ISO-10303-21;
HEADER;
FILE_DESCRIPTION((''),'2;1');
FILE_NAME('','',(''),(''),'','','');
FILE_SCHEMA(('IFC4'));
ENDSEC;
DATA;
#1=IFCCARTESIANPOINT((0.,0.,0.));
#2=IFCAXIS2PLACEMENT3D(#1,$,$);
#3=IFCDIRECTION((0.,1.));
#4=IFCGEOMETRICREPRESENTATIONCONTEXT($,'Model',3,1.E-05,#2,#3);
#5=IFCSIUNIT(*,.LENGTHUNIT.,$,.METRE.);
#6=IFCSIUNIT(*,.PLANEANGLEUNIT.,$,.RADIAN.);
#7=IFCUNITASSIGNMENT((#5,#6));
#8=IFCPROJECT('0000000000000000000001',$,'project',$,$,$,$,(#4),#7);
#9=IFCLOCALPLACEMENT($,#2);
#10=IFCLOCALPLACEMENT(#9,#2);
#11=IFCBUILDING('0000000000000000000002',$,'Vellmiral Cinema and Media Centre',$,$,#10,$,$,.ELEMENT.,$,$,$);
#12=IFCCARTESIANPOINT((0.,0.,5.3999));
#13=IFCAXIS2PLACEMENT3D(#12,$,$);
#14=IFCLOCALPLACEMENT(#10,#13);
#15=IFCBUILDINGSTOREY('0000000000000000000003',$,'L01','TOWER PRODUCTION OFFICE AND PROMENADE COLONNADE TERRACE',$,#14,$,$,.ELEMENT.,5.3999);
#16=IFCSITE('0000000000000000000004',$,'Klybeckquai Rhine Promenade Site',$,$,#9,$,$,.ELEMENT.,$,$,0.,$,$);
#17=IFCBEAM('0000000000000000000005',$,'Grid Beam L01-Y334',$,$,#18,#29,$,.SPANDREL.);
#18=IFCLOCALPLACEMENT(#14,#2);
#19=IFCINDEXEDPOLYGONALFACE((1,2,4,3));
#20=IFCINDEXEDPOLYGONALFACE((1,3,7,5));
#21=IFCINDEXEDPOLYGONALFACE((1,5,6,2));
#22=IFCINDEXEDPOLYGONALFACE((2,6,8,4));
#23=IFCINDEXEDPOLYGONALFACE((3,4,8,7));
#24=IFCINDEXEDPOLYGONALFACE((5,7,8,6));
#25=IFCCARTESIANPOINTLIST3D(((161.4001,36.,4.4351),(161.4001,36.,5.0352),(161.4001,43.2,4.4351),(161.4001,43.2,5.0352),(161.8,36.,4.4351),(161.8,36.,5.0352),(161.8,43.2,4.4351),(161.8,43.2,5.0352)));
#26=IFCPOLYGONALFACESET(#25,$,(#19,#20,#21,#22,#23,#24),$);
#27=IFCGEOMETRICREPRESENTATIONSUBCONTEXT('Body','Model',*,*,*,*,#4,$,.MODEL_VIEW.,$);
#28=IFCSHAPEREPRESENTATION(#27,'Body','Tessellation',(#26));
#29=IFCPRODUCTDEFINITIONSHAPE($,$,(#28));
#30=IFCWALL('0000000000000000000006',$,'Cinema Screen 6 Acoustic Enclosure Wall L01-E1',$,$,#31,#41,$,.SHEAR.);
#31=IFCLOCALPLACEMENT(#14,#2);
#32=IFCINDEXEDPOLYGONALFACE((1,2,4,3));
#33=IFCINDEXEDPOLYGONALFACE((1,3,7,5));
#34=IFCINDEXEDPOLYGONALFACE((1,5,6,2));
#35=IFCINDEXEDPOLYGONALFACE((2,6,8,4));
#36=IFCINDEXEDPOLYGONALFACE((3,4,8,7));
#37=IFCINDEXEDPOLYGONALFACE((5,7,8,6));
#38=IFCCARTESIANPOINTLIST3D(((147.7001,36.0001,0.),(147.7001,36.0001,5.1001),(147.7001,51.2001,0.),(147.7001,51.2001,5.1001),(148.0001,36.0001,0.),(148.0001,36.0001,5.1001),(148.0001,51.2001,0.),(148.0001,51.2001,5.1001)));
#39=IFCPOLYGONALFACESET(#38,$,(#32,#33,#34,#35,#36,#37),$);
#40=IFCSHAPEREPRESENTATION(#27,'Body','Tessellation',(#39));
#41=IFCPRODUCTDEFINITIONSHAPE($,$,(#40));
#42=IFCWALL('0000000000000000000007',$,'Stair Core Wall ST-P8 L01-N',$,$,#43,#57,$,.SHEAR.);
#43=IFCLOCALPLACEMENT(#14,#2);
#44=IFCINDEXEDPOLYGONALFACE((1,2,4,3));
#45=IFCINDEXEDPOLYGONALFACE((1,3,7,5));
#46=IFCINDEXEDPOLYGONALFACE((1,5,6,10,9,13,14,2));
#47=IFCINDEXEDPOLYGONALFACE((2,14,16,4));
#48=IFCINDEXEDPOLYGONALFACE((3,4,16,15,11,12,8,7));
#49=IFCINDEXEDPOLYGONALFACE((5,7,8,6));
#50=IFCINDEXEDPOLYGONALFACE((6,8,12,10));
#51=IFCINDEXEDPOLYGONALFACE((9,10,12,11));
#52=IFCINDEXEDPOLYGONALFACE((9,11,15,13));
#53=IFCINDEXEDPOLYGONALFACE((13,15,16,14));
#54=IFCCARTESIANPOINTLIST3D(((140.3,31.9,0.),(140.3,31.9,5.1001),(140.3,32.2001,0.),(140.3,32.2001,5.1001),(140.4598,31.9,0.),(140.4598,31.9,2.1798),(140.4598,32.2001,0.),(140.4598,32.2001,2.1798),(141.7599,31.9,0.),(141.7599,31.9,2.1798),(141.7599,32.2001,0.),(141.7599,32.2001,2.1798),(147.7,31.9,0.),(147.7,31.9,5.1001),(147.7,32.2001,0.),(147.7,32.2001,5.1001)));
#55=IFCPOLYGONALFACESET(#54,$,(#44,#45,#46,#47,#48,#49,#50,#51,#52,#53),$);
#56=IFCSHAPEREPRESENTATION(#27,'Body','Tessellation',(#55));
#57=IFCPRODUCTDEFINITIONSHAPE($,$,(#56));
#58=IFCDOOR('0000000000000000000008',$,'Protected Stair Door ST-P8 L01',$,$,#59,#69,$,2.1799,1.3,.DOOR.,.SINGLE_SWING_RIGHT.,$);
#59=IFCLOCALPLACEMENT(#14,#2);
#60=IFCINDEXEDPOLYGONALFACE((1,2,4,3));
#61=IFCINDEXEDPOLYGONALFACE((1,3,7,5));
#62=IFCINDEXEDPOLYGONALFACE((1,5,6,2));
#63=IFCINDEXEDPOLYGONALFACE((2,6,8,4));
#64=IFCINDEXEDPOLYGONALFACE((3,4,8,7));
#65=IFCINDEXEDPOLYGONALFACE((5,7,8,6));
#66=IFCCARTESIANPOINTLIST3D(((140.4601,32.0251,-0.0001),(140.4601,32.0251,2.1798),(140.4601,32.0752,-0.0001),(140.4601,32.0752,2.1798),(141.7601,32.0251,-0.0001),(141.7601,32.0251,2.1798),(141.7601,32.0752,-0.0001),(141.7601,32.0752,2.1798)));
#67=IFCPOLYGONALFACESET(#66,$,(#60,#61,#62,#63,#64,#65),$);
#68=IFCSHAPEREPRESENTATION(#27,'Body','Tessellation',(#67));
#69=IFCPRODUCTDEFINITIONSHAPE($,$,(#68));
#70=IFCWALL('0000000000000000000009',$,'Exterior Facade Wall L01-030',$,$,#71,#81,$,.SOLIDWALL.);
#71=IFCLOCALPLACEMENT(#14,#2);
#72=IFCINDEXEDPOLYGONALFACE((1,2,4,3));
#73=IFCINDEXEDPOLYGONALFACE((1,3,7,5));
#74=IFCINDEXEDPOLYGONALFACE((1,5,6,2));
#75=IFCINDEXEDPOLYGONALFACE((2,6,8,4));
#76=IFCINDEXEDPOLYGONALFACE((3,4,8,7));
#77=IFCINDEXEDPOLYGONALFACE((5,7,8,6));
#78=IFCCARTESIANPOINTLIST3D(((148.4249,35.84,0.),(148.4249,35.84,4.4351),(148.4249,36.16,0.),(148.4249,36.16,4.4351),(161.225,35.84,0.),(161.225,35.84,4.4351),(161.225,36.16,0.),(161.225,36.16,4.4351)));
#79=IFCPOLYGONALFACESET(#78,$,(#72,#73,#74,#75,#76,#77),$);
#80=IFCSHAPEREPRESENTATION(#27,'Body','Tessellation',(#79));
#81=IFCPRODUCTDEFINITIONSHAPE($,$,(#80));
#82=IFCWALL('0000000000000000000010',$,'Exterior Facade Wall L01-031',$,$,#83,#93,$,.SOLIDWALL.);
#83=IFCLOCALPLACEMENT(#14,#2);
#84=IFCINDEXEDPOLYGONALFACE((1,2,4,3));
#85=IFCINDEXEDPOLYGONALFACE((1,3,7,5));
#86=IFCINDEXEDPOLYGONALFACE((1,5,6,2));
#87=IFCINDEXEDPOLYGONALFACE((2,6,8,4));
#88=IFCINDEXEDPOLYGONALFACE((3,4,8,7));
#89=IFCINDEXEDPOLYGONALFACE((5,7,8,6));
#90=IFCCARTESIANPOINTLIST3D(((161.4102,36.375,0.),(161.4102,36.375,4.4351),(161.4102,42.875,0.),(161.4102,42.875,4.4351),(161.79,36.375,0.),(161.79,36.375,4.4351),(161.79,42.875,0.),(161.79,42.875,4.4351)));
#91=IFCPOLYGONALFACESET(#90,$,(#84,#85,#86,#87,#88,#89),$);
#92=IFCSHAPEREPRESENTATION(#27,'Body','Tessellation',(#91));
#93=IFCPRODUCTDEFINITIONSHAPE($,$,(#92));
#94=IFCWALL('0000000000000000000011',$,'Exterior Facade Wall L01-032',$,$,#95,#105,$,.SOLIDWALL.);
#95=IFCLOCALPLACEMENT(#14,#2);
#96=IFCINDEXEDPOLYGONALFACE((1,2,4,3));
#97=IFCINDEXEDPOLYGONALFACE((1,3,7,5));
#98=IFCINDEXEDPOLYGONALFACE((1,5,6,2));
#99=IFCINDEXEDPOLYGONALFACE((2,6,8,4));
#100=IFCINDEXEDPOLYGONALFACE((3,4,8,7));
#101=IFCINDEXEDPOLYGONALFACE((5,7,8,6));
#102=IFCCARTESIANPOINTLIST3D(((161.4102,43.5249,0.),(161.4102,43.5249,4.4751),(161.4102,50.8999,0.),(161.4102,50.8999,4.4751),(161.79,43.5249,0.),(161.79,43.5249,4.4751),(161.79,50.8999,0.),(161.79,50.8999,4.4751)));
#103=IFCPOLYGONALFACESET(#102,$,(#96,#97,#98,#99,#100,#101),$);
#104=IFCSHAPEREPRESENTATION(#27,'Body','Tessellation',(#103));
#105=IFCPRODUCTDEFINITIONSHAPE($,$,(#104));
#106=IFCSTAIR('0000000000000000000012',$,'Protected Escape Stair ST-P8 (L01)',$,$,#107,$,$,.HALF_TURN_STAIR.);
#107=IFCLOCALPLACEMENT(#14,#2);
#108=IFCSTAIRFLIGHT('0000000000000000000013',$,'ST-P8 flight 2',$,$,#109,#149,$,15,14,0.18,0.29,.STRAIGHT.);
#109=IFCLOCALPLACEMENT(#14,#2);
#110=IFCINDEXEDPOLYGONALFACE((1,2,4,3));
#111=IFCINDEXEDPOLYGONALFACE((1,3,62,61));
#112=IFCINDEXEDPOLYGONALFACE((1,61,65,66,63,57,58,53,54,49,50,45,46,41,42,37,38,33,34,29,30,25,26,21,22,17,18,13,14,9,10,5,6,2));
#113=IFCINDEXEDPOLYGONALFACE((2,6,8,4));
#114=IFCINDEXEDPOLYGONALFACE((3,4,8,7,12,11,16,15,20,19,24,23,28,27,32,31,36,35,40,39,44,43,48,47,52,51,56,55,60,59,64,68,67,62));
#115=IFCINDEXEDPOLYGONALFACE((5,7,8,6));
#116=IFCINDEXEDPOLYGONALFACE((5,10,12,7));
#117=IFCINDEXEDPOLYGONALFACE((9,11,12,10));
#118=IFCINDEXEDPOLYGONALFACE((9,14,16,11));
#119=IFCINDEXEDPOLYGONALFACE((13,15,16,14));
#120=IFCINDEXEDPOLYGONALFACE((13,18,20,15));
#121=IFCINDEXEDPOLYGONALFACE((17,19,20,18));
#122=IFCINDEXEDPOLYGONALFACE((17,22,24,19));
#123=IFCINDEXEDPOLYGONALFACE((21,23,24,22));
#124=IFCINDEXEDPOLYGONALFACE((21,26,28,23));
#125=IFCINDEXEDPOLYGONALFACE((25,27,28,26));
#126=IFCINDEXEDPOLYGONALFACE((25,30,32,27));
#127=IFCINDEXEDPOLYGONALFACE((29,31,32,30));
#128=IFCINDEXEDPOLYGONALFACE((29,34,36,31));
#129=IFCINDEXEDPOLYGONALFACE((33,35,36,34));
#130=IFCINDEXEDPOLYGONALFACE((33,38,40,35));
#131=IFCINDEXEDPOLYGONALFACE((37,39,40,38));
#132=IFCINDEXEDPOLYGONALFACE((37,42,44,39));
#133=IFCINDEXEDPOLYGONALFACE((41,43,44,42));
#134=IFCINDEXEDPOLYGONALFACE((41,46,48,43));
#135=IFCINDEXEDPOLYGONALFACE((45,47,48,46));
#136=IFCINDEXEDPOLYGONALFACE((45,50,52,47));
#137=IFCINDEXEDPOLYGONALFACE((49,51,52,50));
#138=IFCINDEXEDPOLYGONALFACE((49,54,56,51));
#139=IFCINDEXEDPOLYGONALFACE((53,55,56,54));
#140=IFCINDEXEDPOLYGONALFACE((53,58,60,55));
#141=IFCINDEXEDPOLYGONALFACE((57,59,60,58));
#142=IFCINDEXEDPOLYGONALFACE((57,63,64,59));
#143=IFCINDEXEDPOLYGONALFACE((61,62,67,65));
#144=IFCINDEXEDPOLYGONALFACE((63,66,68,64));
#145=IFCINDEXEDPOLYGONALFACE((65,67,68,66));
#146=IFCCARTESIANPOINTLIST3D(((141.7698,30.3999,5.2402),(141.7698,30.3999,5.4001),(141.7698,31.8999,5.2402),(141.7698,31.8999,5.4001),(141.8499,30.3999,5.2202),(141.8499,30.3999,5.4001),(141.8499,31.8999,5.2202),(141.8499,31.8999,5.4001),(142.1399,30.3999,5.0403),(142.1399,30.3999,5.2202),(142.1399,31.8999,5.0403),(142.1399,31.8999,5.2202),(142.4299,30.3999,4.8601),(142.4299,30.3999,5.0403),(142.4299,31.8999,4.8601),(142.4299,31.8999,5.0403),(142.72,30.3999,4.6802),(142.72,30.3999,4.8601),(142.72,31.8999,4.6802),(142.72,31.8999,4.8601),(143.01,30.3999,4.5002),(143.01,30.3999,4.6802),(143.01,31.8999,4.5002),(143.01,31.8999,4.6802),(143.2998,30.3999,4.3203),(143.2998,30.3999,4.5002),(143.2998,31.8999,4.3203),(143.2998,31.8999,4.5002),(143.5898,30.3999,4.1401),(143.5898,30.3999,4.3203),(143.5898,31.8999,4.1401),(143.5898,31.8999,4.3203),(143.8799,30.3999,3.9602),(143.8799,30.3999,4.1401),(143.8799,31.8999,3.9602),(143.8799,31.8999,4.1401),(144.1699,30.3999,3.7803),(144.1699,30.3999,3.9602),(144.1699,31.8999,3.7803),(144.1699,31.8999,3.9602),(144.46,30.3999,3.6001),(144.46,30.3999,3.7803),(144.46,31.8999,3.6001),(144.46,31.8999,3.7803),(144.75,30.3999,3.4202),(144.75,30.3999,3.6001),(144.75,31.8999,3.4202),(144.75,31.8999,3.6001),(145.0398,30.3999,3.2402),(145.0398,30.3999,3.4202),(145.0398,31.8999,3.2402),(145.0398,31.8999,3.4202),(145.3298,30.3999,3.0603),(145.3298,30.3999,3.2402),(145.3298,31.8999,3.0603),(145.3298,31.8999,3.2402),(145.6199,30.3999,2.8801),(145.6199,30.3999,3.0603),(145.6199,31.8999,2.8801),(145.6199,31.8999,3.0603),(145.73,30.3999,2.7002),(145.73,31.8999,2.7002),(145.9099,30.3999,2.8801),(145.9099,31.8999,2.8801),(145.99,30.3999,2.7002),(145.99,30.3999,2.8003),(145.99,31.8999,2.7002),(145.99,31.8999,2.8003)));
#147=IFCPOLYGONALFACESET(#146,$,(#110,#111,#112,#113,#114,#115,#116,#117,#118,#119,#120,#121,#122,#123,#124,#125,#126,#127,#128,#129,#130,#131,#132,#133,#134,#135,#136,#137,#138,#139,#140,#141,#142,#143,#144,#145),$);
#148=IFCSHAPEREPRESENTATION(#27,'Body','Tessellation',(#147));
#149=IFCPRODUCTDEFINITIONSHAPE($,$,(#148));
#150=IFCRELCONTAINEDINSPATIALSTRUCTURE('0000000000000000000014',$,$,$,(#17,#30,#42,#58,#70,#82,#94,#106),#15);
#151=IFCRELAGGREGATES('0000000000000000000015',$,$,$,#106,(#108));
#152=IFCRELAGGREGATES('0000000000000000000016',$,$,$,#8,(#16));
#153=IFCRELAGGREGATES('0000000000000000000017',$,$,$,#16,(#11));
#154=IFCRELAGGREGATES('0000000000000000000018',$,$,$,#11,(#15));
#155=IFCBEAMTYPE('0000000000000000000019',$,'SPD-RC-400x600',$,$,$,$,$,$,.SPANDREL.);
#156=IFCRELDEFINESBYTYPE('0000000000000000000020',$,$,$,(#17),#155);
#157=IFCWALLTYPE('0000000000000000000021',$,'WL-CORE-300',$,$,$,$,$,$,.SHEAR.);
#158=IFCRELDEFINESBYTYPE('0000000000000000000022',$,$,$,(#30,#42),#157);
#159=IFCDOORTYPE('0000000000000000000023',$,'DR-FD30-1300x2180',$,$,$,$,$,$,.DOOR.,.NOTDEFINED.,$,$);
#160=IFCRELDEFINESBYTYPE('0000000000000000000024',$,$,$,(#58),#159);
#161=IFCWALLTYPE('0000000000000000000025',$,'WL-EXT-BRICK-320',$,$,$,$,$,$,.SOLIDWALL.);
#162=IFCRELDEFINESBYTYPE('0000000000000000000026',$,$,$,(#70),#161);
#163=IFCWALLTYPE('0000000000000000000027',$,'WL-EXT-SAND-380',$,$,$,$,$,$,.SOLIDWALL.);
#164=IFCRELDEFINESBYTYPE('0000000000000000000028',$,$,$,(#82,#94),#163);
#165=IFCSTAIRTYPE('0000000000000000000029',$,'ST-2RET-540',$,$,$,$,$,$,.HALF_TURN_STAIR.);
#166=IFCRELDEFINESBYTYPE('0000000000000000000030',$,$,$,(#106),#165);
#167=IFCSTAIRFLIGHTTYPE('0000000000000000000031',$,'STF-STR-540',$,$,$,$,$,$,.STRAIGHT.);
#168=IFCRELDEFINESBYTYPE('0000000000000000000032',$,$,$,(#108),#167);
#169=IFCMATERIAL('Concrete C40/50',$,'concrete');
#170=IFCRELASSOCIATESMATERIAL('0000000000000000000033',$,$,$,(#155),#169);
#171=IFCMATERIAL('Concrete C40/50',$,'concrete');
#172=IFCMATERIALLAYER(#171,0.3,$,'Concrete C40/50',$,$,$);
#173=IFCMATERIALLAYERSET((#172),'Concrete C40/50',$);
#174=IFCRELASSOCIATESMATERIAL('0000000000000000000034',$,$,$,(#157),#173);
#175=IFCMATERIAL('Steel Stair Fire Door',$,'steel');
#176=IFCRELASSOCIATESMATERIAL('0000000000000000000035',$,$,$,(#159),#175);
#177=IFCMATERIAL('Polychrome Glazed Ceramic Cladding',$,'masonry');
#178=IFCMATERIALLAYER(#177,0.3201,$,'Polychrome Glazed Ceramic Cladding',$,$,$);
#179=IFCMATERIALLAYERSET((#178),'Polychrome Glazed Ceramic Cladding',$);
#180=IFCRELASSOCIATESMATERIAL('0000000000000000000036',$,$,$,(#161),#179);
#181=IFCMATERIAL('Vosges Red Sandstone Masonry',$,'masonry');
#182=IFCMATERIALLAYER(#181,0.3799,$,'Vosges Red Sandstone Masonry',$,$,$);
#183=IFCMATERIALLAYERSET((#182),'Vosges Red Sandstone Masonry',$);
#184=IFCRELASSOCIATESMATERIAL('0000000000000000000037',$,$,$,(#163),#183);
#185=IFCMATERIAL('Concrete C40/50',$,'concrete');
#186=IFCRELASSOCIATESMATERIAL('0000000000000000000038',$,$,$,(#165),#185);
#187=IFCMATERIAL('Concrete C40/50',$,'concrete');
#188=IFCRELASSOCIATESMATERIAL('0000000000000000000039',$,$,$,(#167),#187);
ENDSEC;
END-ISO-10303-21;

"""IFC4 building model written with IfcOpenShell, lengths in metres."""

from ifc_helpers import new_model, si_unit, direction, frame, frame_2d, origin, origin_2d, place, context, subcontext, project, spatial, polyline, rectangle, outline, extrude, material, layer, layer_set, material_profile, profile_set, type_object, element, fill, aggregate, save


model = new_model("IFC4")

# Units and contexts
model_context = context("Model", 3, precision=1e-05, world=origin(), true_north=direction((0.0, 1.0)))
body_context = subcontext(model_context, "Body", "Model", "MODEL_VIEW")
ifc_project = project(units=[si_unit("LENGTHUNIT", "METRE"), si_unit("PLANEANGLEUNIT", "RADIAN")], contexts=[model_context])

# Site, building, storey
site_placement = place(None, origin())
site = spatial("IfcSite", under=ifc_project, at=site_placement, Name="Klybeckquai Rhine Promenade Site", CompositionType="ELEMENT", RefElevation=0.0)
building_placement = place(site_placement, origin())
building = spatial("IfcBuilding", under=site, at=building_placement, Name="Vellmiral Cinema and Media Centre", CompositionType="ELEMENT")
storey_placement = place(building_placement, frame((0.0, 0.0, 5.3999)))
storey = spatial("IfcBuildingStorey", under=building, at=storey_placement, Name="L01", Description="TOWER PRODUCTION OFFICE AND PROMENADE COLONNADE TERRACE", CompositionType="ELEMENT", Elevation=5.3999)

# Beam
ifc_material_1 = material(Name="Concrete C40/50", Category="concrete")
ifc_material_profile_1 = material_profile(ifc_material_1, rectangle(XDim=0.3999, YDim=0.6001, at=origin_2d()), Name="RC 400x600")
ifc_profile_set_1 = profile_set([ifc_material_profile_1], Name="Concrete C40/50")
beam_type_1 = type_object("IfcBeamType", Name="SPD-RC-400x600", PredefinedType="SPANDREL", material=ifc_profile_set_1)
beam_1_placement = place(storey_placement, frame((161.6001, 36.0, 4.7351), z_axis=(0.0, 1.0, 0.0), x_axis=(-1.0, 0.0, 0.0)))
element("IfcBeam", 1, at=beam_1_placement, inside=storey, type_object=beam_type_1, Name="Grid Beam L01-Y334", PredefinedType="SPANDREL", context=body_context, shape_type="SweptSolid", body=[
    extrude(rectangle(XDim=0.3999, YDim=0.6001, at=origin_2d()), origin(), (0.0, 0.0, 1.0), 7.2),
])

# Wall
ifc_material_2 = material(Name="Concrete C40/50", Category="concrete")
ifc_layer_1 = layer(ifc_material_2, 0.3, Name="Concrete C40/50")
ifc_layer_set_1 = layer_set([ifc_layer_1], Name="Concrete C40/50")
wall_type_1 = type_object("IfcWallType", Name="WL-CORE-300", PredefinedType="SHEAR", material=ifc_layer_set_1)
wall_1_placement = place(storey_placement, frame((147.8501, 36.0, 0.0), z_axis=(0.0, 0.0, 1.0), x_axis=(0.0, 1.0, 0.0)))
element("IfcWall", 2, at=wall_1_placement, inside=storey, type_object=wall_type_1, Name="Cinema Screen 6 Acoustic Enclosure Wall L01-E1", PredefinedType="SHEAR", context=body_context, shape_type="SweptSolid", body=[
    extrude(rectangle(XDim=15.2, YDim=0.3, at=frame_2d((7.6001, 0.0))), origin(), (0.0, 0.0, 1.0), 5.1001),
])

# Wall, opening, door
wall_2_placement = place(storey_placement, frame((140.3, 32.05, 0.0), z_axis=(0.0, 0.0, 1.0), x_axis=(1.0, 0.0, 0.0)))
wall_2 = element("IfcWall", 3, at=wall_2_placement, inside=storey, type_object=wall_type_1, Name="Stair Core Wall ST-P8 L01-N", PredefinedType="SHEAR", context=body_context, shape_type="SweptSolid", body=[
    extrude(rectangle(XDim=7.3999, YDim=0.3, at=frame_2d((3.7, 0.0))), origin(), (0.0, 0.0, 1.0), 5.1001),
])
opening_placement = place(wall_2_placement, frame((0.1599, 0.0, 0.0)))
opening = element("IfcOpeningElement", 4, at=opening_placement, cuts=wall_2, PredefinedType="OPENING", context=body_context, shape_type="SweptSolid", body=[
    extrude(rectangle(XDim=1.3, YDim=2.1799, at=frame_2d((0.6499, 1.0898))), frame((0.0, 0.1621, 0.0), z_axis=(0.0, -1.0, 0.0), x_axis=(1.0, 0.0, 0.0)), (0.0, 0.0, 1.0), 0.324),
])
ifc_material_3 = material(Name="Steel Stair Fire Door", Category="steel")
door_type = type_object("IfcDoorType", Name="DR-FD30-1300x2180", OperationType="NOTDEFINED", PredefinedType="DOOR", material=ifc_material_3)
door_placement = place(opening_placement, frame((1.3, 0.0, 0.0), z_axis=(0.0, 0.0, 1.0), x_axis=(-1.0, 0.0, 0.0)))
door = element("IfcDoor", 5, at=door_placement, inside=storey, type_object=door_type, Name="Protected Stair Door ST-P8 L01", OperationType="SINGLE_SWING_RIGHT", OverallHeight=2.1799, OverallWidth=1.3, PredefinedType="DOOR", context=body_context, shape_type="SweptSolid", body=[
    extrude(rectangle(XDim=1.3, YDim=2.1799, at=frame_2d((0.6499, 1.0898))), frame((0.0, 0.0249, 0.0), z_axis=(0.0, -1.0, 0.0), x_axis=(1.0, 0.0, 0.0)), (0.0, 0.0, 1.0), 0.05),
])
fill(opening, door)

# Walls
ifc_material_4 = material(Name="Polychrome Glazed Ceramic Cladding", Category="masonry")
ifc_layer_2 = layer(ifc_material_4, 0.3201, Name="Polychrome Glazed Ceramic Cladding")
ifc_layer_set_2 = layer_set([ifc_layer_2], Name="Polychrome Glazed Ceramic Cladding")
wall_type_2 = type_object("IfcWallType", Name="WL-EXT-BRICK-320", PredefinedType="SOLIDWALL", material=ifc_layer_set_2)
wall_3_placement = place(storey_placement, frame((148.425, 36.0, 0.0), z_axis=(0.0, 0.0, 1.0), x_axis=(1.0, 0.0, 0.0)))
element("IfcWall", 6, at=wall_3_placement, inside=storey, type_object=wall_type_2, Name="Exterior Facade Wall L01-030", PredefinedType="SOLIDWALL", context=body_context, shape_type="SweptSolid", body=[
    extrude(rectangle(XDim=12.8, YDim=0.3201, at=frame_2d((6.3999, 0.0))), origin(), (0.0, 0.0, 1.0), 4.4351),
])
ifc_material_5 = material(Name="Vosges Red Sandstone Masonry", Category="masonry")
ifc_layer_3 = layer(ifc_material_5, 0.3799, Name="Vosges Red Sandstone Masonry")
ifc_layer_set_3 = layer_set([ifc_layer_3], Name="Vosges Red Sandstone Masonry")
wall_type_3 = type_object("IfcWallType", Name="WL-EXT-SAND-380", PredefinedType="SOLIDWALL", material=ifc_layer_set_3)
wall_4_placement = place(storey_placement, frame((161.6001, 36.375, 0.0), z_axis=(0.0, 0.0, 1.0), x_axis=(0.0, 1.0, 0.0)))
element("IfcWall", 7, at=wall_4_placement, inside=storey, type_object=wall_type_3, Name="Exterior Facade Wall L01-031", PredefinedType="SOLIDWALL", context=body_context, shape_type="SweptSolid", body=[
    extrude(rectangle(XDim=6.5, YDim=0.3799, at=frame_2d((3.25, 0.0))), origin(), (0.0, 0.0, 1.0), 4.4351),
])
wall_5_placement = place(storey_placement, frame((161.6001, 43.5249, 0.0), z_axis=(0.0, 0.0, 1.0), x_axis=(0.0, 1.0, 0.0)))
element("IfcWall", 8, at=wall_5_placement, inside=storey, type_object=wall_type_3, Name="Exterior Facade Wall L01-032", PredefinedType="SOLIDWALL", context=body_context, shape_type="SweptSolid", body=[
    extrude(rectangle(XDim=7.375, YDim=0.3799, at=frame_2d((3.6875, 0.0))), origin(), (0.0, 0.0, 1.0), 4.4751),
])

# Stair, stair flight
ifc_material_6 = material(Name="Concrete C40/50", Category="concrete")
stair_type = type_object("IfcStairType", Name="ST-2RET-540", PredefinedType="HALF_TURN_STAIR", material=ifc_material_6)
stair_placement = place(storey_placement, origin())
stair = element("IfcStair", 9, at=stair_placement, inside=storey, type_object=stair_type, Name="Protected Escape Stair ST-P8 (L01)", PredefinedType="HALF_TURN_STAIR")
ifc_material_7 = material(Name="Concrete C40/50", Category="concrete")
stair_flight_type = type_object("IfcStairFlightType", Name="STF-STR-540", PredefinedType="STRAIGHT", material=ifc_material_7)
stair_flight_placement = place(storey_placement, frame((145.9099, 31.1499, 2.7002), z_axis=(0.0, 0.0, 1.0), x_axis=(-1.0, 0.0, 0.0)))
stair_flight = element("IfcStairFlight", 10, at=stair_flight_placement, type_object=stair_flight_type, Name="ST-P8 flight 2", NumberOfRisers=15, NumberOfTreads=14, PredefinedType="STRAIGHT", RiserHeight=0.18, TreadLength=0.29, context=body_context, shape_type="SweptSolid", body=[
    extrude(outline(polyline([(-0.0801, 0.0), (-0.0801, 0.1001), (0.0, 0.1799), (0.29, 0.1799), (0.29, 0.3601), (0.5801, 0.3601), (0.5801, 0.54), (0.8701, 0.54), (0.8701, 0.72), (1.1599, 0.72), (1.1599, 0.8999), (1.45, 0.8999), (1.45, 1.0801), (1.74, 1.0801), (1.74, 1.26), (2.03, 1.26), (2.03, 1.4399), (2.3201, 1.4399), (2.3201, 1.6201), (2.6101, 1.6201), (2.6101, 1.8), (2.8999, 1.8), (2.8999, 1.98), (3.1899, 1.98), (3.1899, 2.1599), (3.48, 2.1599), (3.48, 2.3401), (3.77, 2.3401), (3.77, 2.52), (4.0601, 2.52), (4.0601, 2.7), (4.1401, 2.7), (4.1401, 2.54), (0.1799, 0.0), (-0.0801, 0.0)])), frame((0.0, 0.75, 0.0), z_axis=(0.0, -1.0, 0.0), x_axis=(1.0, 0.0, 0.0)), (0.0, 0.0, 1.0), 1.5),
])
aggregate(stair, [stair_flight])

save(model, "model.ifc")
